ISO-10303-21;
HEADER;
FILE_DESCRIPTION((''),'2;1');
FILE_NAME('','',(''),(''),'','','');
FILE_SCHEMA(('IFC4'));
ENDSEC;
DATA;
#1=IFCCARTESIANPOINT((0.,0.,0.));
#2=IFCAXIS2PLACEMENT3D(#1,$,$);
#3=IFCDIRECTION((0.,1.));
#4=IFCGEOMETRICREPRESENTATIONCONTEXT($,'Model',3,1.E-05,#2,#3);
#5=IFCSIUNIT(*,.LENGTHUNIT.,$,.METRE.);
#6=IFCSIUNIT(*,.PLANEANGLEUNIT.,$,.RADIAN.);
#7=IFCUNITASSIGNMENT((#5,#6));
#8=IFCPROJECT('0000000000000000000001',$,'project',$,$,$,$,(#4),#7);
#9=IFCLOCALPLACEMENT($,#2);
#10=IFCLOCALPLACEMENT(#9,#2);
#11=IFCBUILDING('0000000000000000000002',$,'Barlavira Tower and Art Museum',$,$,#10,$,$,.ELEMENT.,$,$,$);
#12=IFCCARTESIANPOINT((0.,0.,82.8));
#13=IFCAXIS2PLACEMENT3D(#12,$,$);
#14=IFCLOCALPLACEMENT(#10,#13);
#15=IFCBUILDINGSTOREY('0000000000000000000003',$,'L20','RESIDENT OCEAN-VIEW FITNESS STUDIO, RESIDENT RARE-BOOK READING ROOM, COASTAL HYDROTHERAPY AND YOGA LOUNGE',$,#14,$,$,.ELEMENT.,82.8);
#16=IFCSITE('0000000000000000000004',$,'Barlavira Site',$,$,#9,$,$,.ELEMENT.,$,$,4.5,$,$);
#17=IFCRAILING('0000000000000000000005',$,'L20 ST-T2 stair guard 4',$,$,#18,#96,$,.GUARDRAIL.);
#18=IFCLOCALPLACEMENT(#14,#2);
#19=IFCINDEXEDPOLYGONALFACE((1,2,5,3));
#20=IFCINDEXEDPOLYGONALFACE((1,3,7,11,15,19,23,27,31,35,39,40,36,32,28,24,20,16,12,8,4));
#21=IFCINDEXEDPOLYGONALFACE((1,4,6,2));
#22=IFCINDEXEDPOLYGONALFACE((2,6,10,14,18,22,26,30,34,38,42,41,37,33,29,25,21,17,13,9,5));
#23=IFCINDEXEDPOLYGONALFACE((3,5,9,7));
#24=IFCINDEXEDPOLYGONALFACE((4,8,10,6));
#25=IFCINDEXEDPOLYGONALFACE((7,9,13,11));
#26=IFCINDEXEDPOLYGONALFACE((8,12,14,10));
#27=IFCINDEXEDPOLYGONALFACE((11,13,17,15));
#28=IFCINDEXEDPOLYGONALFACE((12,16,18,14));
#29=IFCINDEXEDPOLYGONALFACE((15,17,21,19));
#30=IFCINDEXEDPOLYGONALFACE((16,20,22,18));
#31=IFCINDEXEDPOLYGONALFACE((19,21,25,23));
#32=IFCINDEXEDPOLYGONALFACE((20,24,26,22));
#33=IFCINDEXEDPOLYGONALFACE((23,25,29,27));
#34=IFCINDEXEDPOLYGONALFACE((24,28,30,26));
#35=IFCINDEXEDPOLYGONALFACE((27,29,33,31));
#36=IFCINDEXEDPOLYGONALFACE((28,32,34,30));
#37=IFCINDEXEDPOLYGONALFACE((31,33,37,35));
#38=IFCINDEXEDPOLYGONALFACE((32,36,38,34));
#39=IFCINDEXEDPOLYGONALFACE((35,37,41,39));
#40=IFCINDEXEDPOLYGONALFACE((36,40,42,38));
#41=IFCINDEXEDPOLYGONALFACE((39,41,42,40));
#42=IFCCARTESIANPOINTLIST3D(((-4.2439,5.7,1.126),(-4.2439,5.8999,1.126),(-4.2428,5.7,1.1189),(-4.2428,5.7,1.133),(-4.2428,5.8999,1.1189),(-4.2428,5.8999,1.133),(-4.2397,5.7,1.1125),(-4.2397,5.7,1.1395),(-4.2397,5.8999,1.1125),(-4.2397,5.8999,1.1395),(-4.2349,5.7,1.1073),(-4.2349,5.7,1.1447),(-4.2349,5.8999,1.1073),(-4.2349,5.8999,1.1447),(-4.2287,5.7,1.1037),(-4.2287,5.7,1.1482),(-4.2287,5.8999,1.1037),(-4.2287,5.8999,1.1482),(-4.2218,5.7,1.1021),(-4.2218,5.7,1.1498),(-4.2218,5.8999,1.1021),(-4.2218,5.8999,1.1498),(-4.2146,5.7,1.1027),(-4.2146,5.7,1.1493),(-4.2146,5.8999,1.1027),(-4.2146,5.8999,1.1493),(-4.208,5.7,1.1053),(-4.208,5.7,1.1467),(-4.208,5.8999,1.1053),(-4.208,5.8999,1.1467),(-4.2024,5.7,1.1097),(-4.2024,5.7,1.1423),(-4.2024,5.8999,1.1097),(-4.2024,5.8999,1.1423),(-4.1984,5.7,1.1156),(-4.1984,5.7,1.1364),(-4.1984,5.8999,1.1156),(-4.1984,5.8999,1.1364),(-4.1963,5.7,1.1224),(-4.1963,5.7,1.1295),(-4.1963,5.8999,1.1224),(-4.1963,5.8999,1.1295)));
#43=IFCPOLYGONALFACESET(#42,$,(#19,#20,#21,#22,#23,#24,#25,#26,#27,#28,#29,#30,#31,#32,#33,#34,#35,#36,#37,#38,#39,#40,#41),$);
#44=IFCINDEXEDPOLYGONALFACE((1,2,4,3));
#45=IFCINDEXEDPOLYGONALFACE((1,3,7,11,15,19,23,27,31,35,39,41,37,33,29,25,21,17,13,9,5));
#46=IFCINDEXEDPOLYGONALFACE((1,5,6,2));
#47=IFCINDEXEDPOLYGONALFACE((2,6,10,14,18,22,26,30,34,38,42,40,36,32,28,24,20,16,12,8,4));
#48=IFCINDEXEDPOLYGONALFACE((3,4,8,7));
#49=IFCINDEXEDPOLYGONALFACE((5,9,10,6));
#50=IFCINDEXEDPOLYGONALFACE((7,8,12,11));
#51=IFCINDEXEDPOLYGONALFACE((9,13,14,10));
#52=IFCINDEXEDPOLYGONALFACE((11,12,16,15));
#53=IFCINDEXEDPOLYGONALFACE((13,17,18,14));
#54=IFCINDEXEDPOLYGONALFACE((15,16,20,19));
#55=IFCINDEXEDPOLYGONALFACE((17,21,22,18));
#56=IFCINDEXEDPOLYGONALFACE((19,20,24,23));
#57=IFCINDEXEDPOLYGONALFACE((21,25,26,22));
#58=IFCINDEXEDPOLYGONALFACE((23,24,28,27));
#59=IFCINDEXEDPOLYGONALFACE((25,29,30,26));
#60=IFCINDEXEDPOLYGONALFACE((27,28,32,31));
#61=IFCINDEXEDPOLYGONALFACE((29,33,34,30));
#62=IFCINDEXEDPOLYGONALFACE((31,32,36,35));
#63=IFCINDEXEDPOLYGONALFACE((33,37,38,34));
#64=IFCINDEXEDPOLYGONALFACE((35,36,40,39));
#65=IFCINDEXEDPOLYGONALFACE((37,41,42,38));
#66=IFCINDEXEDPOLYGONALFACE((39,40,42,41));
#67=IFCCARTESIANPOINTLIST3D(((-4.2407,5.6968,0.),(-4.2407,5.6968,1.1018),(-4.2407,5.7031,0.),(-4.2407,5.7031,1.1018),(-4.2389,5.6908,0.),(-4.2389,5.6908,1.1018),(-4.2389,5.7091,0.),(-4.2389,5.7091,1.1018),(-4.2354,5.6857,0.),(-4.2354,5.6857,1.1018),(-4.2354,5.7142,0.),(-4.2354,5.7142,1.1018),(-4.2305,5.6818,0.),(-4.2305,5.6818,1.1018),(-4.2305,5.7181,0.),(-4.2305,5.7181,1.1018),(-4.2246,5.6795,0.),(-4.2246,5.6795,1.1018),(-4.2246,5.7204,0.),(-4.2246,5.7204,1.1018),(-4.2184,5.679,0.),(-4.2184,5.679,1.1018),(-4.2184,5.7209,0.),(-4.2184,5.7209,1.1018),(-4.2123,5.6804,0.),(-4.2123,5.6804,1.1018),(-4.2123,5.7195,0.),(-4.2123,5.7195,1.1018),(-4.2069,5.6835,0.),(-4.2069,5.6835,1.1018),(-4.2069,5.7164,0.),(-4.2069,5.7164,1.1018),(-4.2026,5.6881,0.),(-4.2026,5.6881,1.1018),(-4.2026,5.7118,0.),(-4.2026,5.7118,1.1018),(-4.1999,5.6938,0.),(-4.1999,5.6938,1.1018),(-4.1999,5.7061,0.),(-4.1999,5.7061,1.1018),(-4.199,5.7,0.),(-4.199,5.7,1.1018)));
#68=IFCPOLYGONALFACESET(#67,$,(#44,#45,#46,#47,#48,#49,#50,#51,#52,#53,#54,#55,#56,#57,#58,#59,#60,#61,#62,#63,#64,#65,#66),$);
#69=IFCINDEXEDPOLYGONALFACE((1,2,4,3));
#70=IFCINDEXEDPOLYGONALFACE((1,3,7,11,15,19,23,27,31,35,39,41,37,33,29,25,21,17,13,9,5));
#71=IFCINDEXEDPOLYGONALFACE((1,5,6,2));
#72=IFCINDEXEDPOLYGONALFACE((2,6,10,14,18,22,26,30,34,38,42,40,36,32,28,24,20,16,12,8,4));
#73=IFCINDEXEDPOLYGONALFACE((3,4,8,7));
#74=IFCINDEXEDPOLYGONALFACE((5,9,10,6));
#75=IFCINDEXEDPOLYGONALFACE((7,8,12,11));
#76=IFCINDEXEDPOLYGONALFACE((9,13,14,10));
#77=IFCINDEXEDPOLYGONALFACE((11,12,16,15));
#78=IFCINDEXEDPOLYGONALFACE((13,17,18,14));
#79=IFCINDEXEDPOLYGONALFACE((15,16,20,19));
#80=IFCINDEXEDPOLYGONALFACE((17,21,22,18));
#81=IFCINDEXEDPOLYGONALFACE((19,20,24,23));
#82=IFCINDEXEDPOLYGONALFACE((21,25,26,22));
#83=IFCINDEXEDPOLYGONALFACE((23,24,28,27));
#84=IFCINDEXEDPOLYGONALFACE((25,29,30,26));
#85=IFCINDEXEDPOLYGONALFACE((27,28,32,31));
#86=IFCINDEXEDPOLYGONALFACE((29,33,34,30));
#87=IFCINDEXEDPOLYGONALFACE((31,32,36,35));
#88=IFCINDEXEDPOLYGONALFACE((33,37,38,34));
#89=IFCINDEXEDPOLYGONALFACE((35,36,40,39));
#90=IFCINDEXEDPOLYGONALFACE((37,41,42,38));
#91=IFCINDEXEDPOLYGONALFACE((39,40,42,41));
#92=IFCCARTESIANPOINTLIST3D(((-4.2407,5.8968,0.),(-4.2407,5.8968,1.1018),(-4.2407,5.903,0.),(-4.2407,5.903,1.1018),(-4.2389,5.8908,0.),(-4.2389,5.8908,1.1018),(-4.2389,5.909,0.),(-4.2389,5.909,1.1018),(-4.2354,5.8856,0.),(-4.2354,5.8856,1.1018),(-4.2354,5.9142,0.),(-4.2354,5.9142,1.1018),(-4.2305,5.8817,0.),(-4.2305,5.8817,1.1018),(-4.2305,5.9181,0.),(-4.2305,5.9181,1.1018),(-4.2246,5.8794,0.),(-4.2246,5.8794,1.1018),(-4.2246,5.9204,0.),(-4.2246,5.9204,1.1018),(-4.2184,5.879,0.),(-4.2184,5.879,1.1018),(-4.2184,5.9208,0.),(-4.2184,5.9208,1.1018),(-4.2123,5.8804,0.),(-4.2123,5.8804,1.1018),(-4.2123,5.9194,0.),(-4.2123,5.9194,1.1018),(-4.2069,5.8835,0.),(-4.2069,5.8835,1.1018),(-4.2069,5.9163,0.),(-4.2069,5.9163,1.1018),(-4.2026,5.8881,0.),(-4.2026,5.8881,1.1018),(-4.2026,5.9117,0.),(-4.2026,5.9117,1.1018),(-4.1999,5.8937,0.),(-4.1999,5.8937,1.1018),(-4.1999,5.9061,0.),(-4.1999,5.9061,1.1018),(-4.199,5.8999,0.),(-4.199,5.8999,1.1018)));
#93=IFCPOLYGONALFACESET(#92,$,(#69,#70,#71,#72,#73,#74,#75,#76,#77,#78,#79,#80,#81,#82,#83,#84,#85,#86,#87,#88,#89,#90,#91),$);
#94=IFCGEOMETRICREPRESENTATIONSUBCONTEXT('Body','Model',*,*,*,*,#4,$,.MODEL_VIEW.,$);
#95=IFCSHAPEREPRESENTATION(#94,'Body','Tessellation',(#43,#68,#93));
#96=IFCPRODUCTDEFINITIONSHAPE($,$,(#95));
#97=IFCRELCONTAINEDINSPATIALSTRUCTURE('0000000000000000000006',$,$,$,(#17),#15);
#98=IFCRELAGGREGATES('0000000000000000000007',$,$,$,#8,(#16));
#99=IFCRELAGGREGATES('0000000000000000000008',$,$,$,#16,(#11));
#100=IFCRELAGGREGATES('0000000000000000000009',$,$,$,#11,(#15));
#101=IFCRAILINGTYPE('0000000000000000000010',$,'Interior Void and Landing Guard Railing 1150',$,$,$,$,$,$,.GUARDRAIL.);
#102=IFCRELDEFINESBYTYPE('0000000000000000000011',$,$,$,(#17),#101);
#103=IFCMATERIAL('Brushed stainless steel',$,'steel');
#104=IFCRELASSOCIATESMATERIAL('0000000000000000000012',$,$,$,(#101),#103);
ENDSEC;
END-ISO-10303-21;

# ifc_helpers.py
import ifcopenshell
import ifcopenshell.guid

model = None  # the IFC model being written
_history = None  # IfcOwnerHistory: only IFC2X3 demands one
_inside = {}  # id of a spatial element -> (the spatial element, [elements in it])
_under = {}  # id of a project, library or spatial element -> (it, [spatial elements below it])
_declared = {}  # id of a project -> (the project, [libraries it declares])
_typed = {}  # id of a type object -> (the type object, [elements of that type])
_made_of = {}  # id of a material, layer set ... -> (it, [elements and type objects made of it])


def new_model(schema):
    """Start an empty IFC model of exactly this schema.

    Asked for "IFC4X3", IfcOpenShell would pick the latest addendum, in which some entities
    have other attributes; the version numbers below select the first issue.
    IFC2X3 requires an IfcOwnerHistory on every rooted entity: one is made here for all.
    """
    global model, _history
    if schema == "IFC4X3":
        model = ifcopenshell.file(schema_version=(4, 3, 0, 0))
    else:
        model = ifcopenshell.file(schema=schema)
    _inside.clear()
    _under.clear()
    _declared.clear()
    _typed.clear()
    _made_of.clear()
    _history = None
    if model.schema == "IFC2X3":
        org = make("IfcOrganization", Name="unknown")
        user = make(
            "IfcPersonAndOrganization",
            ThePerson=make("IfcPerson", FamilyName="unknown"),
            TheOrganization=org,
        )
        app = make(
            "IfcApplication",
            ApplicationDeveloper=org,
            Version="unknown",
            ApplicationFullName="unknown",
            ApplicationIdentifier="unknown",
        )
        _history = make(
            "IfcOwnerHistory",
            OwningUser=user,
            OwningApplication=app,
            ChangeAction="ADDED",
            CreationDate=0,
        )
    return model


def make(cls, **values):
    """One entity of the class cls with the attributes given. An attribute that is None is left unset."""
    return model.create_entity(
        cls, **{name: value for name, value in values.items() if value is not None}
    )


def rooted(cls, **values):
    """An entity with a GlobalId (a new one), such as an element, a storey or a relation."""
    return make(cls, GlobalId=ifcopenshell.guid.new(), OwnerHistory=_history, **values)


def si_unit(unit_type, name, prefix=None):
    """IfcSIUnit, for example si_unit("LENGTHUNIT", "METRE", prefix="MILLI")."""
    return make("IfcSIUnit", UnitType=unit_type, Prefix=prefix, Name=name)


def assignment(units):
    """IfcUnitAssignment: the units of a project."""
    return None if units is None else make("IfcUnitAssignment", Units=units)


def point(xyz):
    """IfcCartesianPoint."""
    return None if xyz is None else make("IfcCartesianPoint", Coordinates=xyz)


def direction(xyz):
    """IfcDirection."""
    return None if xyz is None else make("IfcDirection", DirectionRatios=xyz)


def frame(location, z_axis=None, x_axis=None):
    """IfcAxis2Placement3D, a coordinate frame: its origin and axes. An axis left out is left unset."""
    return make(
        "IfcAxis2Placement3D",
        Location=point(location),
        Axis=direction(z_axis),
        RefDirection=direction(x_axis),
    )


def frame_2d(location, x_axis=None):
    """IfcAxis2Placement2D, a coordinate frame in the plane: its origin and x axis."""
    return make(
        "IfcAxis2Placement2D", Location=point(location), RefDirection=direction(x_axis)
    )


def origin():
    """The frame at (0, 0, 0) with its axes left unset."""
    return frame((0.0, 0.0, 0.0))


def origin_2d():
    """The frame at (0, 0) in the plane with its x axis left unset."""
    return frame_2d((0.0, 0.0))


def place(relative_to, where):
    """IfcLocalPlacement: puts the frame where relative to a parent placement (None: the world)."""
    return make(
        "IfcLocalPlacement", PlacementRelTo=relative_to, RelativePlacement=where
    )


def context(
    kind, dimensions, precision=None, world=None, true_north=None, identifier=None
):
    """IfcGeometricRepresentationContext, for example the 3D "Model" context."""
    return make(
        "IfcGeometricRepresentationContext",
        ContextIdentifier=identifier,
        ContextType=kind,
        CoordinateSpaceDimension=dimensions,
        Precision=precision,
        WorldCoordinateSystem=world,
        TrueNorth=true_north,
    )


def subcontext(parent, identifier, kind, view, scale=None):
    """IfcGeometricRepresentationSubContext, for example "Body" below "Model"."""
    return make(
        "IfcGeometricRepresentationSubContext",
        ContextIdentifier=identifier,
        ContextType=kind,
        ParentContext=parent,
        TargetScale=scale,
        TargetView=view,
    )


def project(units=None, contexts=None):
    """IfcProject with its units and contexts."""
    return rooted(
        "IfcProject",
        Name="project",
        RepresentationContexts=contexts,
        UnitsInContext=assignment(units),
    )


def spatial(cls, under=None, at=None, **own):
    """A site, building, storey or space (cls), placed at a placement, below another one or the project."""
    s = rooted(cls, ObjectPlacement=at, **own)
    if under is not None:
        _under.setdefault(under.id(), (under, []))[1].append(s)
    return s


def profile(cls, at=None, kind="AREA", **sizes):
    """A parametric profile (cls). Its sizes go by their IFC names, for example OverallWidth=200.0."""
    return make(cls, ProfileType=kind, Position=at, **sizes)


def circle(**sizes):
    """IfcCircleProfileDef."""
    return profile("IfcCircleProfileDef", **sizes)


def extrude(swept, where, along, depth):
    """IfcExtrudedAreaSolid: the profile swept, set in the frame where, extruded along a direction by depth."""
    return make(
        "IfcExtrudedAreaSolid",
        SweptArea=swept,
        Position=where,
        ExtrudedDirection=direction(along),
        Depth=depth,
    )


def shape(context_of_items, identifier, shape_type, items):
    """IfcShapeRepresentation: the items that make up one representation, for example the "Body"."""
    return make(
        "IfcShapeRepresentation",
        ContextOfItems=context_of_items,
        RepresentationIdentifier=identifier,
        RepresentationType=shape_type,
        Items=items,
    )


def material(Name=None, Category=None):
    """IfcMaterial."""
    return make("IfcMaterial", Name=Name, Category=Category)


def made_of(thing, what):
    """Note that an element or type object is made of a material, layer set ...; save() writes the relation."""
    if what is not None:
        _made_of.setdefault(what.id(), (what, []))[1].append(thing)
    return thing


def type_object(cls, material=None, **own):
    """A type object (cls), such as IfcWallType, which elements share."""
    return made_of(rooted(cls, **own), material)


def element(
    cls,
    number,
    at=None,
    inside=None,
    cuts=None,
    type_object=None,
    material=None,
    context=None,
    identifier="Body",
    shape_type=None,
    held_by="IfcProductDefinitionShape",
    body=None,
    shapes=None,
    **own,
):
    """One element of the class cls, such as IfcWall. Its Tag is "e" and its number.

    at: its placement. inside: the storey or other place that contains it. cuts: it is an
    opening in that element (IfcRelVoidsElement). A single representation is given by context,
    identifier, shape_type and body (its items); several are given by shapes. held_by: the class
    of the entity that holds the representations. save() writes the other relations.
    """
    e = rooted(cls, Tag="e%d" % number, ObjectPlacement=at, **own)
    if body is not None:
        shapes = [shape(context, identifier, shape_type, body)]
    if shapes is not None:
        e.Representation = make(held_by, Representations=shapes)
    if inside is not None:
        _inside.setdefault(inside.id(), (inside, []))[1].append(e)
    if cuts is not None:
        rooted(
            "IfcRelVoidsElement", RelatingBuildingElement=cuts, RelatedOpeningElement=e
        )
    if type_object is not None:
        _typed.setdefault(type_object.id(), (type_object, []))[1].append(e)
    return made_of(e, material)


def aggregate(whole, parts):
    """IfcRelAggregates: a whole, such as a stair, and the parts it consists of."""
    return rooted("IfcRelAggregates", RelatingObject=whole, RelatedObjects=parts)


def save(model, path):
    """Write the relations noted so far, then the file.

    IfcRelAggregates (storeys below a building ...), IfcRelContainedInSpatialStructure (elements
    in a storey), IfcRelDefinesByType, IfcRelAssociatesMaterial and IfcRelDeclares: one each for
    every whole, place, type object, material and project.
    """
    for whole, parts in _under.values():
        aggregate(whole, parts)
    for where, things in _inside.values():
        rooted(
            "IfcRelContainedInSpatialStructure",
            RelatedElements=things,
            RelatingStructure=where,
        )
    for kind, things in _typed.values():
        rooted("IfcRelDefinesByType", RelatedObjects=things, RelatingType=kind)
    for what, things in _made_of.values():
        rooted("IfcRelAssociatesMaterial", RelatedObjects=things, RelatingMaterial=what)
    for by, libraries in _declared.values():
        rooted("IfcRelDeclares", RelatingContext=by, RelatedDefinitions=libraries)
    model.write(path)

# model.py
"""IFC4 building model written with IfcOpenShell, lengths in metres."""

from ifc_helpers import new_model, si_unit, direction, frame, origin, origin_2d, place, context, subcontext, project, spatial, circle, extrude, material, type_object, element, save


model = new_model("IFC4")

# Units and contexts
model_context = context("Model", 3, precision=1e-05, world=origin(), true_north=direction((0.0, 1.0)))
body_context = subcontext(model_context, "Body", "Model", "MODEL_VIEW")
ifc_project = project(units=[si_unit("LENGTHUNIT", "METRE"), si_unit("PLANEANGLEUNIT", "RADIAN")], contexts=[model_context])

# Site, building, storey
site_placement = place(None, origin())
site = spatial("IfcSite", under=ifc_project, at=site_placement, Name="Barlavira Site", CompositionType="ELEMENT", RefElevation=4.5)
building_placement = place(site_placement, origin())
building = spatial("IfcBuilding", under=site, at=building_placement, Name="Barlavira Tower and Art Museum", CompositionType="ELEMENT")
storey_placement = place(building_placement, frame((0.0, 0.0, 82.8)))
storey = spatial("IfcBuildingStorey", under=building, at=storey_placement, Name="L20", Description="RESIDENT OCEAN-VIEW FITNESS STUDIO, RESIDENT RARE-BOOK READING ROOM, COASTAL HYDROTHERAPY AND YOGA LOUNGE", CompositionType="ELEMENT", Elevation=82.8)

# Shared definitions
ifc_material_1 = material(Name="Brushed stainless steel", Category="steel")

# Railing
railing_type_1 = type_object("IfcRailingType", Name="Interior Void and Landing Guard Railing 1150", PredefinedType="GUARDRAIL", material=ifc_material_1)
railing_1_placement = place(storey_placement, frame((-4.22, 5.7, 0.0)))
element("IfcRailing", 1, at=railing_1_placement, inside=storey, type_object=railing_type_1, Name="L20 ST-T2 stair guard 4", PredefinedType="GUARDRAIL", context=body_context, shape_type="SweptSolid", body=[
    extrude(circle(Radius=0.0239, at=origin_2d()), frame((0.0, 0.0, 1.126), z_axis=(0.0, 1.0, 0.0), x_axis=(-1.0, 0.0, 0.0)), (0.0, 0.0, 1.0), 0.2),
    extrude(circle(Radius=0.021, at=origin_2d()), origin(), (0.0, 0.0, 1.0), 1.1018),
    extrude(circle(Radius=0.021, at=origin_2d()), frame((0.0, 0.2, 0.0)), (0.0, 0.0, 1.0), 1.1018),
])

save(model, "model.ifc")
